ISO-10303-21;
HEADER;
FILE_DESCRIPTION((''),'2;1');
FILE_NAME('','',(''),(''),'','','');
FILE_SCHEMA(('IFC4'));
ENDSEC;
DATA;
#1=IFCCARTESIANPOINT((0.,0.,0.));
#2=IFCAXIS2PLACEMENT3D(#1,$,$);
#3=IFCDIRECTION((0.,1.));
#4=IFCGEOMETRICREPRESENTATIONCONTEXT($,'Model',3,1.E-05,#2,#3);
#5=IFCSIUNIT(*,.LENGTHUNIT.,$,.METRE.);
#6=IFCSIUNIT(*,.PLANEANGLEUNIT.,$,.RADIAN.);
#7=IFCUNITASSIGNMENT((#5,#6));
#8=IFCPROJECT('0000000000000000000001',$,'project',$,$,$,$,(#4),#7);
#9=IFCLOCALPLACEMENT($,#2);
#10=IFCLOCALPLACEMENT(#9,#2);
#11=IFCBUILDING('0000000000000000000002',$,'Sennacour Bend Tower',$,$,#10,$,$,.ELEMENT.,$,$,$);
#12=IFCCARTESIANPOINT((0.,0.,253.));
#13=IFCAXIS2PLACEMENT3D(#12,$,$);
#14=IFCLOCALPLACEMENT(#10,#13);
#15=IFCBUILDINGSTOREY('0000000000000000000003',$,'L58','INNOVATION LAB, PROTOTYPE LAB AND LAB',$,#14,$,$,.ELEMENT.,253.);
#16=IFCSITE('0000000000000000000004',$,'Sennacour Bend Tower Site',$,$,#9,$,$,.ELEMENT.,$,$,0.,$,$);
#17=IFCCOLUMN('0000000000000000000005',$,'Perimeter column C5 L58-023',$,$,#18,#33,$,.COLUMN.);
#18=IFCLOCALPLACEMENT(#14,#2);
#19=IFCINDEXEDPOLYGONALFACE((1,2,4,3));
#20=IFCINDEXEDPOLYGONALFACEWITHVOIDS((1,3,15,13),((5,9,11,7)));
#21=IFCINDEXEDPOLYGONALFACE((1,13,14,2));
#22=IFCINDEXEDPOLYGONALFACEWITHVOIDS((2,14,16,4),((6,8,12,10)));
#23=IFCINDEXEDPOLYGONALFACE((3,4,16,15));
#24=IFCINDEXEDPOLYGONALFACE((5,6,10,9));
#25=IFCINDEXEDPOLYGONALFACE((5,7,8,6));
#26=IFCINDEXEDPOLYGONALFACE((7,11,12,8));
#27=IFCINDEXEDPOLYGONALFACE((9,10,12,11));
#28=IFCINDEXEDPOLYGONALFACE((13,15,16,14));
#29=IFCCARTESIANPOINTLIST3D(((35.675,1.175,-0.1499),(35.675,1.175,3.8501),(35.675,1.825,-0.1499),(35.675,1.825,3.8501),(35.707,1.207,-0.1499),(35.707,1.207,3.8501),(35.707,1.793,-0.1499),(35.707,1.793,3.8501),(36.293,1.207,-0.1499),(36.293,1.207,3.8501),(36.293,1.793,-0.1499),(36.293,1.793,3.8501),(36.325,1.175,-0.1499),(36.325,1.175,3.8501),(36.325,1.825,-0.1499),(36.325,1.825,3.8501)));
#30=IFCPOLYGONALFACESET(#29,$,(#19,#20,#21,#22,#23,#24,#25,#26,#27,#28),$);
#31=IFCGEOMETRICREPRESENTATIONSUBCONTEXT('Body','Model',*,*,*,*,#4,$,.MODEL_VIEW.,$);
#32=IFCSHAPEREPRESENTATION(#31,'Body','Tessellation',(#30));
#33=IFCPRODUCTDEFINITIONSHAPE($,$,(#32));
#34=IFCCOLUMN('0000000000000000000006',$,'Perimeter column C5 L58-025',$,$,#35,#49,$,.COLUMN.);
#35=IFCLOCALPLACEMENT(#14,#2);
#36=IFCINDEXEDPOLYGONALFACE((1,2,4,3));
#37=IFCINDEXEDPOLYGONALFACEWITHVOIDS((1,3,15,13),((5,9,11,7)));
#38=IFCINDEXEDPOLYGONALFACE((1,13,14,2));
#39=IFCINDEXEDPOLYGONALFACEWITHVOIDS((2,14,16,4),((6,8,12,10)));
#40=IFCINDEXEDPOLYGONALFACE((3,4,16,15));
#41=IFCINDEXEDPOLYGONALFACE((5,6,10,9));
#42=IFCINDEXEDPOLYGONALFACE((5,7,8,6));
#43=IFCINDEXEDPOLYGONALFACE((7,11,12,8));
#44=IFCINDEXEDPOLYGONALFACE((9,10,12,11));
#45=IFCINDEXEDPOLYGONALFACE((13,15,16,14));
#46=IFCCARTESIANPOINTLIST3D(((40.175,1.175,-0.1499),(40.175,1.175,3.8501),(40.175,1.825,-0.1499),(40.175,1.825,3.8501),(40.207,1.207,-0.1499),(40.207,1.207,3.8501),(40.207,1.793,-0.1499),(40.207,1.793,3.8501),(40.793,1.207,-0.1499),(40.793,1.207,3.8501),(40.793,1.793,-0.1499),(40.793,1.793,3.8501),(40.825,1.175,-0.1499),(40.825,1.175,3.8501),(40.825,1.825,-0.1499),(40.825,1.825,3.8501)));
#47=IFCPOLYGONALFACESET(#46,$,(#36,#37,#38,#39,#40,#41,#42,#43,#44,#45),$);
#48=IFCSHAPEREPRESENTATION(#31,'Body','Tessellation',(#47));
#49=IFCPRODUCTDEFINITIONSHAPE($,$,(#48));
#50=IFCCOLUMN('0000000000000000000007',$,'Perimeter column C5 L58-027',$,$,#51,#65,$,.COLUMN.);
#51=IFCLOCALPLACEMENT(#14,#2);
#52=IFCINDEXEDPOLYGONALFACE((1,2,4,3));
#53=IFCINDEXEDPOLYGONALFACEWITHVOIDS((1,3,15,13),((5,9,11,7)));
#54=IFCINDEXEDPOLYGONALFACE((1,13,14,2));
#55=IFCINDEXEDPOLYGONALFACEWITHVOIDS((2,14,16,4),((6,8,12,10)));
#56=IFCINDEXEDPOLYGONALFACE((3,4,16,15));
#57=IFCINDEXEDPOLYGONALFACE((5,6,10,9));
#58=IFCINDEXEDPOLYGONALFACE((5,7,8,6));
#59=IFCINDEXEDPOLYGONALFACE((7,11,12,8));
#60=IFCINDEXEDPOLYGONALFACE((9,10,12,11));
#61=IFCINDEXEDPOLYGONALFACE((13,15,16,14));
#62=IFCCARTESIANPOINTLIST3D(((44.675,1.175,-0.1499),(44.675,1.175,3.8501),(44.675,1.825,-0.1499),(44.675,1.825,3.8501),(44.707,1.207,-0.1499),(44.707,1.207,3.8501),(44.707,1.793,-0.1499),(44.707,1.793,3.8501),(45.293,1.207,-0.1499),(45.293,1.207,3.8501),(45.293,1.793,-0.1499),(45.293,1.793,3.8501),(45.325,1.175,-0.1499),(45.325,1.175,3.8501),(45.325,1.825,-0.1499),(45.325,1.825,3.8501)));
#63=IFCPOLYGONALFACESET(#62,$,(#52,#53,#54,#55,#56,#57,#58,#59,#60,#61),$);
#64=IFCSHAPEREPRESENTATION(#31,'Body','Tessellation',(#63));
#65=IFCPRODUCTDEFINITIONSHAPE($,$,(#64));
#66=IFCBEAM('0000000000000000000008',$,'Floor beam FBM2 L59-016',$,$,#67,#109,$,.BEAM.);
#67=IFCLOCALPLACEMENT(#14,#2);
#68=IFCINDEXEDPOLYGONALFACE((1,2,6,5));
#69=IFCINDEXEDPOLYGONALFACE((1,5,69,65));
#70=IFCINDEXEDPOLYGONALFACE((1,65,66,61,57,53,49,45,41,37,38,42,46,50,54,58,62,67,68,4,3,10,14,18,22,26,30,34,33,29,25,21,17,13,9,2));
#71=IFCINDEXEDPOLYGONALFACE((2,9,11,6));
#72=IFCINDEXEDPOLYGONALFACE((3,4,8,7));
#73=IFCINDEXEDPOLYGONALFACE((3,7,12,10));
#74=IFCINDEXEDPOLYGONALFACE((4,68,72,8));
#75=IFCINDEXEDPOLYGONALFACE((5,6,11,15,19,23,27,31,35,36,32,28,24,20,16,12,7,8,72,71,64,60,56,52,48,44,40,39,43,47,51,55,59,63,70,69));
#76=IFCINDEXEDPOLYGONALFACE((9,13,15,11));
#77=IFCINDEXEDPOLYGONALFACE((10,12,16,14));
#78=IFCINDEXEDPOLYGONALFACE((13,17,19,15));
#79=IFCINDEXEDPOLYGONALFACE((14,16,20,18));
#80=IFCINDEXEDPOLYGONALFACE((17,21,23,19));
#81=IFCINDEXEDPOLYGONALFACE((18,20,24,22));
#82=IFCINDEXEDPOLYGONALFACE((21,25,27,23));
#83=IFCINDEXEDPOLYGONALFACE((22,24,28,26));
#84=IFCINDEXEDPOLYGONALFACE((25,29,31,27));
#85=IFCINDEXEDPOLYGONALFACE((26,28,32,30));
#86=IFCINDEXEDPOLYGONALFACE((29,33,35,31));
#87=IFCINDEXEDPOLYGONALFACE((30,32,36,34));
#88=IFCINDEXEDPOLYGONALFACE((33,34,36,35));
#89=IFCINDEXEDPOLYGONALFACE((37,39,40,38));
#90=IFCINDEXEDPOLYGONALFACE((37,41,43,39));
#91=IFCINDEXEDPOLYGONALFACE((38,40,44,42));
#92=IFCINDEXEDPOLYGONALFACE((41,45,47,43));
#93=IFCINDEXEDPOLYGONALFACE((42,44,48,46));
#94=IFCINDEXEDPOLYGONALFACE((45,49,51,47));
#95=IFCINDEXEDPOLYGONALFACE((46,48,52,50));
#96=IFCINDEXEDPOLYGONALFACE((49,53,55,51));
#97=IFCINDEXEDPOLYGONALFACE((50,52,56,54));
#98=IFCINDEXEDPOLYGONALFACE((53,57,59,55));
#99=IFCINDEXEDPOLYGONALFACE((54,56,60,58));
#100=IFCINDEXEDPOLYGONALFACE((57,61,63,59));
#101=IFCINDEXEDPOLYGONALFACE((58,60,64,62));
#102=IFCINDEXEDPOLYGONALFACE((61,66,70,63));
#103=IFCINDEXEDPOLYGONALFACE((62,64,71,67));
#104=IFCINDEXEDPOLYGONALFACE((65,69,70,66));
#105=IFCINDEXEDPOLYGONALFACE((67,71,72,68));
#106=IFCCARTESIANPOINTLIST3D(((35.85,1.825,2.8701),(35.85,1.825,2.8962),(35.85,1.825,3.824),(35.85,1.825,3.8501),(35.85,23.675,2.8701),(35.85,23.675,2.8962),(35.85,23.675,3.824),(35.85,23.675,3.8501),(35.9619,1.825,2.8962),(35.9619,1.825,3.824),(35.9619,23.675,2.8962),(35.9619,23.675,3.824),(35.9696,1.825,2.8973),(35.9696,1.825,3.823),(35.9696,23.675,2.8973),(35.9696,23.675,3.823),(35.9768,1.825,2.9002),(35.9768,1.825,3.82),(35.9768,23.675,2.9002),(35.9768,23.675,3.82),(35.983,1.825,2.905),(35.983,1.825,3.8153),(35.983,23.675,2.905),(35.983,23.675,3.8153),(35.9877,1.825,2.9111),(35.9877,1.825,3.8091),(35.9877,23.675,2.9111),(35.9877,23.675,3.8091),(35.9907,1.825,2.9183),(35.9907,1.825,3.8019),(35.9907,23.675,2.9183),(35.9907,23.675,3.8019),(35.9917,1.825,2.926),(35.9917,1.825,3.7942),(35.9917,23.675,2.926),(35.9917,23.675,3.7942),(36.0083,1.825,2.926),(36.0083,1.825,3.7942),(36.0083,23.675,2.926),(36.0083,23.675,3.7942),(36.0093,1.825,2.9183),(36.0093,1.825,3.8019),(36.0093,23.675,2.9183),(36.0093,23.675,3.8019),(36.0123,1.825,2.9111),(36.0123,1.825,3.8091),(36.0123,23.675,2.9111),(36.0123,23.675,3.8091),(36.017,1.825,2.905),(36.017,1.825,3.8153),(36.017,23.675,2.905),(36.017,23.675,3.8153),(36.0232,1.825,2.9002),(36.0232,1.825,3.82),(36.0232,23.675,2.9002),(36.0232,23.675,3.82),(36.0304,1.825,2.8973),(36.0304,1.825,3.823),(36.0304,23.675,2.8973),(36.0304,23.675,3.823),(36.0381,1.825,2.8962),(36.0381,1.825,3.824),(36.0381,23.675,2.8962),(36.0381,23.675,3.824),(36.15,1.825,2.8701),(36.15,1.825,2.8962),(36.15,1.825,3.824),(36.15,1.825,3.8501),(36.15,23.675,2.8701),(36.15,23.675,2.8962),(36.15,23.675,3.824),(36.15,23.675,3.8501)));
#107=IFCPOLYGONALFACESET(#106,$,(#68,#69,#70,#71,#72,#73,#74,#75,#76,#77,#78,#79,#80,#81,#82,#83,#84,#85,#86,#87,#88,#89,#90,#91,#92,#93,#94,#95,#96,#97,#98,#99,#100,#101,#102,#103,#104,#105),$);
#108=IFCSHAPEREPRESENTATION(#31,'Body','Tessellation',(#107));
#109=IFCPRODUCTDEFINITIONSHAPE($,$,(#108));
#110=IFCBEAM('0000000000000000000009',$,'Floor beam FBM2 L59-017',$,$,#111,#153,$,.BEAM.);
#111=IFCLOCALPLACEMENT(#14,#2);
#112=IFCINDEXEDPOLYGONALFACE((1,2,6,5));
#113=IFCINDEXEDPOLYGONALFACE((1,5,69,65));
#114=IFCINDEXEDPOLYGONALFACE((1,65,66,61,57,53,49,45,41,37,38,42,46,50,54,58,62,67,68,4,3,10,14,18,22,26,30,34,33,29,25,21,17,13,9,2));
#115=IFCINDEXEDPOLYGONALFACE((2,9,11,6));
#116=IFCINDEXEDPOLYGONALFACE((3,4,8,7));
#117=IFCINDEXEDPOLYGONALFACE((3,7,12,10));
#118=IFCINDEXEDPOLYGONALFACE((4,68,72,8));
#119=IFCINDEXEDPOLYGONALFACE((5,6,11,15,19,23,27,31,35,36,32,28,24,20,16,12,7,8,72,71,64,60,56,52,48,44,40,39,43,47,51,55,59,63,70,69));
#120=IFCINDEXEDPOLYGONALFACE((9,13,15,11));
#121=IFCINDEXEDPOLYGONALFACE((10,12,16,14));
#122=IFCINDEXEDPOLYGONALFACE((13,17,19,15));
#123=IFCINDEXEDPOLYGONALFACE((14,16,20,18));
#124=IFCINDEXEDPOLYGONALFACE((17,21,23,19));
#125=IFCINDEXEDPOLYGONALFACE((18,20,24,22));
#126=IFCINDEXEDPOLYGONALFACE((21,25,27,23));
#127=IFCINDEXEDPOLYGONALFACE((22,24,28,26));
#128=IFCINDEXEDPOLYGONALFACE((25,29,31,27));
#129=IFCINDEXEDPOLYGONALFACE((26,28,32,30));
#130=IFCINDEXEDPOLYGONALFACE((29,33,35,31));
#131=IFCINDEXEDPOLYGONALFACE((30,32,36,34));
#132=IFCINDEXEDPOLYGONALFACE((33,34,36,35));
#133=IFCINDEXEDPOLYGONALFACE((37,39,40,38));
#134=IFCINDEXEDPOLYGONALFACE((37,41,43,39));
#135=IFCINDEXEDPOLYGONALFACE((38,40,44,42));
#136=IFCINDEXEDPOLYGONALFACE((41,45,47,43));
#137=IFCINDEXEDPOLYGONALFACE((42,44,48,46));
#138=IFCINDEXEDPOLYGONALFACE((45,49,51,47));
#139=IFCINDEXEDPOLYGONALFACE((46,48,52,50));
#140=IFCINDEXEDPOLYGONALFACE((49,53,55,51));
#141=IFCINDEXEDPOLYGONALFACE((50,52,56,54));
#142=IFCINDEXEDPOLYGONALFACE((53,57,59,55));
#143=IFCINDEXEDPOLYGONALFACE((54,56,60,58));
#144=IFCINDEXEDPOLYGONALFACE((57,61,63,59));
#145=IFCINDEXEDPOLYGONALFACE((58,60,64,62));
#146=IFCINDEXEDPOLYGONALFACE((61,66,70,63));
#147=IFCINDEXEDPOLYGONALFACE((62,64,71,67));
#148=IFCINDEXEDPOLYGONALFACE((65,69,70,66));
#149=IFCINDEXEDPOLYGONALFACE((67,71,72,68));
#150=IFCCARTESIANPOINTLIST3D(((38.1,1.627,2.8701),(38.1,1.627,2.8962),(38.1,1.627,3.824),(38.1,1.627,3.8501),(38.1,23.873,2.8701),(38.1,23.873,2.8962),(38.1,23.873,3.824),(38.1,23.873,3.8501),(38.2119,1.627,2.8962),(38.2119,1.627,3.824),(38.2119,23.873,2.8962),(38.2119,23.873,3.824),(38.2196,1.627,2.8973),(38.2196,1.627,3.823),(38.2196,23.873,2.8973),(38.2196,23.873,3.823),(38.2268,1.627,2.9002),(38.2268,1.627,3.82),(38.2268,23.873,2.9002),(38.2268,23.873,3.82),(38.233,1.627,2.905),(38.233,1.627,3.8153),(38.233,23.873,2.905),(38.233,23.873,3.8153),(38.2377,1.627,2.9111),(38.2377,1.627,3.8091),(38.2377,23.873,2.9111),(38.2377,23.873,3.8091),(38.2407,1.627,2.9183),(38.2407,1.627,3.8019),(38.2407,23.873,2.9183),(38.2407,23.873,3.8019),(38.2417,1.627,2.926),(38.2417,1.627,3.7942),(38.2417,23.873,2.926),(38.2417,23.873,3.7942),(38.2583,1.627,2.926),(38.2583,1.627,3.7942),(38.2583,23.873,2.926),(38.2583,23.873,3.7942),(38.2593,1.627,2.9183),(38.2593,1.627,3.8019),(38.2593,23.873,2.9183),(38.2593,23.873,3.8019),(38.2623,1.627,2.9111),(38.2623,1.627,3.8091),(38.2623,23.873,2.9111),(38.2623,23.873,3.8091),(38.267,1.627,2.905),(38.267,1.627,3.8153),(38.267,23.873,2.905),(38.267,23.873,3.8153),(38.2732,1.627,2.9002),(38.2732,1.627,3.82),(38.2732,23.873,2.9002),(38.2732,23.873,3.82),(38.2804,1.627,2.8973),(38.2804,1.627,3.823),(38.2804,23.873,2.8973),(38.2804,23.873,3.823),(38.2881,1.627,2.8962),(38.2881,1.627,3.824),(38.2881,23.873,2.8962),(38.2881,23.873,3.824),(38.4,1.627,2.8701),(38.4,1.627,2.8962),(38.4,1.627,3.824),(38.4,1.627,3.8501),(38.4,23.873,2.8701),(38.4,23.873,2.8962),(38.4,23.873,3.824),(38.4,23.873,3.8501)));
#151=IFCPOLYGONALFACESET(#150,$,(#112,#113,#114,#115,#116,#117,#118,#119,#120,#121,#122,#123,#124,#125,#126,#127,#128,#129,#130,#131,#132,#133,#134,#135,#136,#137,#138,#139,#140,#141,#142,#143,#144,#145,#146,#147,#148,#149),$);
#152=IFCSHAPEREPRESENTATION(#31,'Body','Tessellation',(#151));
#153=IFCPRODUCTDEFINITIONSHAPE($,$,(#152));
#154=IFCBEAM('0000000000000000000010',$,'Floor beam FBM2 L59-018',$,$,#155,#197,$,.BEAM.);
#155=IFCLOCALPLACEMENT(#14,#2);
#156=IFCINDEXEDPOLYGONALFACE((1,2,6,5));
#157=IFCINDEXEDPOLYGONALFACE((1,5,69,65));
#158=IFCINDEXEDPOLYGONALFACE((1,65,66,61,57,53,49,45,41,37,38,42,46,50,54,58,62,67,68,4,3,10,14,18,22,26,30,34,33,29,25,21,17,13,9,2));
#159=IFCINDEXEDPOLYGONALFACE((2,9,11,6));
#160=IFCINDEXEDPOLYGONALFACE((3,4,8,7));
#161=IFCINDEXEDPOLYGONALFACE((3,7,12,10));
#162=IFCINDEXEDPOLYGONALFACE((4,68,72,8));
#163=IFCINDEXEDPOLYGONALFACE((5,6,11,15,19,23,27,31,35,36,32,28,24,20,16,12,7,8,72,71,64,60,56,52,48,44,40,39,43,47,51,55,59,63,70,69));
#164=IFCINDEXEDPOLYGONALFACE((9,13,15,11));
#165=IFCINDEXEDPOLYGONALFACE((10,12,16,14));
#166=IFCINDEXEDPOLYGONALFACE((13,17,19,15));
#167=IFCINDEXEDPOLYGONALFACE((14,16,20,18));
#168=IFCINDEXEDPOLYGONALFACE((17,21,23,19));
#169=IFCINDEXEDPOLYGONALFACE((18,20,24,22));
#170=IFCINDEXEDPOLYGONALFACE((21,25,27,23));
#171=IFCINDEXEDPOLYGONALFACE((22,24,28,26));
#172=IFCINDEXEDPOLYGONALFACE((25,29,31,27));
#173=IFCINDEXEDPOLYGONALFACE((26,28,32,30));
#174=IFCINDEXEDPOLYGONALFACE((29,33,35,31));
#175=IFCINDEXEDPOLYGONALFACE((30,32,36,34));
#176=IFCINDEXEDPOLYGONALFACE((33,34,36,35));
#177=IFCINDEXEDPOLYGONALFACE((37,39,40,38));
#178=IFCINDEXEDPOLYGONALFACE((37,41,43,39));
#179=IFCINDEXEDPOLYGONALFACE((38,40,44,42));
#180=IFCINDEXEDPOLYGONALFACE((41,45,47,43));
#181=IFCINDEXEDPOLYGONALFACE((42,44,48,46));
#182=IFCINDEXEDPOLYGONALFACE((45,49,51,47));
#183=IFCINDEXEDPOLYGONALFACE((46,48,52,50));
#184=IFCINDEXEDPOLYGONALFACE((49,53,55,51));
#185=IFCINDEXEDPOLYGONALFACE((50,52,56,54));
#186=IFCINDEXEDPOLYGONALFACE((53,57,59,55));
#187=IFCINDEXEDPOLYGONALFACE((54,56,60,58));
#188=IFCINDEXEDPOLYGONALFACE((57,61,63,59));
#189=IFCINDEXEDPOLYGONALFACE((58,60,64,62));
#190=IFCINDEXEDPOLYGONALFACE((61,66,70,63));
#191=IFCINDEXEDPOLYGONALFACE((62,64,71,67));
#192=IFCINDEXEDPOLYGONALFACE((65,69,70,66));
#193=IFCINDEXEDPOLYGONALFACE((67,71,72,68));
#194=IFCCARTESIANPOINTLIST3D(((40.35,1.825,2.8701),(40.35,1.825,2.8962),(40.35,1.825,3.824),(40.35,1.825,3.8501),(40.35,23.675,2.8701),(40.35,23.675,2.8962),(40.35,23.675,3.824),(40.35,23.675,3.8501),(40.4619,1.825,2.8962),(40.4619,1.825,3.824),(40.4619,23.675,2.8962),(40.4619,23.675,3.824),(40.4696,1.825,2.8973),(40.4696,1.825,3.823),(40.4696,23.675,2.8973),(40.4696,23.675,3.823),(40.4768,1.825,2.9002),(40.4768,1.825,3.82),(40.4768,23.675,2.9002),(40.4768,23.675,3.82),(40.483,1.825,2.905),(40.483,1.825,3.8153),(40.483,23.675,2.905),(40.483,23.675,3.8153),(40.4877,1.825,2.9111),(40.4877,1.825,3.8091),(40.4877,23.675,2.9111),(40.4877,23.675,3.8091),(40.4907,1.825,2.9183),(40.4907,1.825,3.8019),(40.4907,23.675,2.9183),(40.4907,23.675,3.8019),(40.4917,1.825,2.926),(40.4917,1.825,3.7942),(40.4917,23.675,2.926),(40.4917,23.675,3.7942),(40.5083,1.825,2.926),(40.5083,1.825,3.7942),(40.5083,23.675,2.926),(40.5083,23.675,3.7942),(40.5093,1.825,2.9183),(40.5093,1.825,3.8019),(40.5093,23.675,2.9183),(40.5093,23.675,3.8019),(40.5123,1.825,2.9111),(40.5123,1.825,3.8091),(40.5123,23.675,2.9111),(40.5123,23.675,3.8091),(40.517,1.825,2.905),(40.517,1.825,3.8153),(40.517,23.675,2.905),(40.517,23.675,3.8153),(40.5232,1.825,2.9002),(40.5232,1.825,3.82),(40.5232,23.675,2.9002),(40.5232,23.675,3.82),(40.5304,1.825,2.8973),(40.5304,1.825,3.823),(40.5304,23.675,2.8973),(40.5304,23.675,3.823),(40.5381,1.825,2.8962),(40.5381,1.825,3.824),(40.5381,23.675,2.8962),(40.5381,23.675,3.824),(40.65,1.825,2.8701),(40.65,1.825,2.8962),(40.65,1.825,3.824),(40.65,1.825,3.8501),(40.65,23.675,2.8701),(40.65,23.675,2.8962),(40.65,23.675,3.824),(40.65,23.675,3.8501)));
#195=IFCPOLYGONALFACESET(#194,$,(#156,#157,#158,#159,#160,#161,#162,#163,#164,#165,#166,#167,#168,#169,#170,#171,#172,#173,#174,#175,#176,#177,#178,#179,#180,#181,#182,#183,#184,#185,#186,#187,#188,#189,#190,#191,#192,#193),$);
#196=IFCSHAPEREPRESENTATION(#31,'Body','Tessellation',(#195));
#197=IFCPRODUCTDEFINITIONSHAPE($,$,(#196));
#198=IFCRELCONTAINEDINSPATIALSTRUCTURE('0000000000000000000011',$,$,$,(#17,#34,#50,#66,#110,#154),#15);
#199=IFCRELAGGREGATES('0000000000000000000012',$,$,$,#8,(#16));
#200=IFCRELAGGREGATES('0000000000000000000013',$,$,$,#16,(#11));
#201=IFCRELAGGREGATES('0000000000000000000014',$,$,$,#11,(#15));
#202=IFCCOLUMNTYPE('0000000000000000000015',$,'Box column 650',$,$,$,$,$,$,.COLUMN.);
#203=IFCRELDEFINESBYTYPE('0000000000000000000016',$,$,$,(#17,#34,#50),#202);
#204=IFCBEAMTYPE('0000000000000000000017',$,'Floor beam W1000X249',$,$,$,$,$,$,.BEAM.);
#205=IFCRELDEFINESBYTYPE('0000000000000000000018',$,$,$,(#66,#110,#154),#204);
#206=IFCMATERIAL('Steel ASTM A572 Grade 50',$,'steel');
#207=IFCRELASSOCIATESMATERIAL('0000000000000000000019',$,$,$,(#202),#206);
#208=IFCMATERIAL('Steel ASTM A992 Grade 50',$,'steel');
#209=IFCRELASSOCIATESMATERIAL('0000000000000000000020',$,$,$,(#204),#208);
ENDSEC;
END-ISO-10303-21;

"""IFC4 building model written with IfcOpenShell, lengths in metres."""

from ifc_helpers import new_model, si_unit, direction, frame, origin, origin_2d, place, context, subcontext, project, spatial, hollow_rectangle, i_section, extrude, material, material_profile, profile_set, type_object, element, save


model = new_model("IFC4")

# Units and contexts
model_context = context("Model", 3, precision=1e-05, world=origin(), true_north=direction((0.0, 1.0)))
body_context = subcontext(model_context, "Body", "Model", "MODEL_VIEW")
ifc_project = project(units=[si_unit("LENGTHUNIT", "METRE"), si_unit("PLANEANGLEUNIT", "RADIAN")], contexts=[model_context])

# Site, building, storey
site_placement = place(None, origin())
site = spatial("IfcSite", under=ifc_project, at=site_placement, Name="Sennacour Bend Tower Site", CompositionType="ELEMENT", RefElevation=0.0)
building_placement = place(site_placement, origin())
building = spatial("IfcBuilding", under=site, at=building_placement, Name="Sennacour Bend Tower", CompositionType="ELEMENT")
storey_placement = place(building_placement, frame((0.0, 0.0, 253.0)))
storey = spatial("IfcBuildingStorey", under=building, at=storey_placement, Name="L58", Description="INNOVATION LAB, PROTOTYPE LAB AND LAB", CompositionType="ELEMENT", Elevation=253.0)

# Columns
ifc_material_1 = material(Name="Steel ASTM A572 Grade 50", Category="steel")
ifc_material_profile_1 = material_profile(ifc_material_1, hollow_rectangle(XDim=0.6499, YDim=0.6499, WallThickness=0.032, at=origin_2d()), Name="Steel ASTM A572 Grade 50", Category="steel")
ifc_profile_set_1 = profile_set([ifc_material_profile_1], Name="Steel ASTM A572 Grade 50")
column_type = type_object("IfcColumnType", Name="Box column 650", PredefinedType="COLUMN", material=ifc_profile_set_1)
for number, where, z_axis, x_axis, name in (
    (1, (36.0, 1.5, -0.1499), (0.0, 0.0, 1.0), (1.0, 0.0, 0.0), "Perimeter column C5 L58-023"),
    (2, (40.5, 1.5, -0.1499), (0.0, 0.0, 1.0), (1.0, 0.0, 0.0), "Perimeter column C5 L58-025"),
    (3, (45.0, 1.5, -0.1499), (0.0, 0.0, 1.0), (1.0, 0.0, 0.0), "Perimeter column C5 L58-027"),
):
    element("IfcColumn", number, at=place(storey_placement, frame(where, z_axis=z_axis, x_axis=x_axis)), inside=storey, type_object=column_type, Name=name, PredefinedType="COLUMN", context=body_context, shape_type="SweptSolid", body=[
        extrude(hollow_rectangle(XDim=0.6499, YDim=0.6499, WallThickness=0.032, at=origin_2d()), origin(), (0.0, 0.0, 1.0), 4.0),
    ])

# Beams
ifc_material_2 = material(Name="Steel ASTM A992 Grade 50", Category="steel")
ifc_material_profile_2 = material_profile(ifc_material_2, i_section(OverallWidth=0.3, OverallDepth=0.98, WebThickness=0.0166, FlangeThickness=0.0261, FilletRadius=0.0298, at=origin_2d()), Name="Steel ASTM A992 Grade 50", Category="steel")
ifc_profile_set_2 = profile_set([ifc_material_profile_2], Name="Steel ASTM A992 Grade 50")
beam_type_1 = type_object("IfcBeamType", Name="Floor beam W1000X249", PredefinedType="BEAM", material=ifc_profile_set_2)
beam_1_placement = place(storey_placement, frame((36.0, 1.825, 3.3601), z_axis=(0.0, 1.0, 0.0), x_axis=(-1.0, 0.0, 0.0)))
element("IfcBeam", 4, at=beam_1_placement, inside=storey, type_object=beam_type_1, Name="Floor beam FBM2 L59-016", PredefinedType="BEAM", context=body_context, shape_type="SweptSolid", body=[
    extrude(i_section(OverallWidth=0.3, OverallDepth=0.98, WebThickness=0.0166, FlangeThickness=0.0261, FilletRadius=0.0298, at=origin_2d()), origin(), (0.0, 0.0, 1.0), 21.8501),
])
beam_2_placement = place(storey_placement, frame((38.25, 1.627, 3.3601), z_axis=(0.0, 1.0, 0.0), x_axis=(-1.0, 0.0, 0.0)))
element("IfcBeam", 5, at=beam_2_placement, inside=storey, type_object=beam_type_1, Name="Floor beam FBM2 L59-017", PredefinedType="BEAM", context=body_context, shape_type="SweptSolid", body=[
    extrude(i_section(OverallWidth=0.3, OverallDepth=0.98, WebThickness=0.0166, FlangeThickness=0.0261, FilletRadius=0.0298, at=origin_2d()), origin(), (0.0, 0.0, 1.0), 22.2461),
])
beam_3_placement = place(storey_placement, frame((40.5, 1.825, 3.3601), z_axis=(0.0, 1.0, 0.0), x_axis=(-1.0, 0.0, 0.0)))
element("IfcBeam", 6, at=beam_3_placement, inside=storey, type_object=beam_type_1, Name="Floor beam FBM2 L59-018", PredefinedType="BEAM", context=body_context, shape_type="SweptSolid", body=[
    extrude(i_section(OverallWidth=0.3, OverallDepth=0.98, WebThickness=0.0166, FlangeThickness=0.0261, FilletRadius=0.0298, at=origin_2d()), origin(), (0.0, 0.0, 1.0), 21.8501),
])

save(model, "model.ifc")
